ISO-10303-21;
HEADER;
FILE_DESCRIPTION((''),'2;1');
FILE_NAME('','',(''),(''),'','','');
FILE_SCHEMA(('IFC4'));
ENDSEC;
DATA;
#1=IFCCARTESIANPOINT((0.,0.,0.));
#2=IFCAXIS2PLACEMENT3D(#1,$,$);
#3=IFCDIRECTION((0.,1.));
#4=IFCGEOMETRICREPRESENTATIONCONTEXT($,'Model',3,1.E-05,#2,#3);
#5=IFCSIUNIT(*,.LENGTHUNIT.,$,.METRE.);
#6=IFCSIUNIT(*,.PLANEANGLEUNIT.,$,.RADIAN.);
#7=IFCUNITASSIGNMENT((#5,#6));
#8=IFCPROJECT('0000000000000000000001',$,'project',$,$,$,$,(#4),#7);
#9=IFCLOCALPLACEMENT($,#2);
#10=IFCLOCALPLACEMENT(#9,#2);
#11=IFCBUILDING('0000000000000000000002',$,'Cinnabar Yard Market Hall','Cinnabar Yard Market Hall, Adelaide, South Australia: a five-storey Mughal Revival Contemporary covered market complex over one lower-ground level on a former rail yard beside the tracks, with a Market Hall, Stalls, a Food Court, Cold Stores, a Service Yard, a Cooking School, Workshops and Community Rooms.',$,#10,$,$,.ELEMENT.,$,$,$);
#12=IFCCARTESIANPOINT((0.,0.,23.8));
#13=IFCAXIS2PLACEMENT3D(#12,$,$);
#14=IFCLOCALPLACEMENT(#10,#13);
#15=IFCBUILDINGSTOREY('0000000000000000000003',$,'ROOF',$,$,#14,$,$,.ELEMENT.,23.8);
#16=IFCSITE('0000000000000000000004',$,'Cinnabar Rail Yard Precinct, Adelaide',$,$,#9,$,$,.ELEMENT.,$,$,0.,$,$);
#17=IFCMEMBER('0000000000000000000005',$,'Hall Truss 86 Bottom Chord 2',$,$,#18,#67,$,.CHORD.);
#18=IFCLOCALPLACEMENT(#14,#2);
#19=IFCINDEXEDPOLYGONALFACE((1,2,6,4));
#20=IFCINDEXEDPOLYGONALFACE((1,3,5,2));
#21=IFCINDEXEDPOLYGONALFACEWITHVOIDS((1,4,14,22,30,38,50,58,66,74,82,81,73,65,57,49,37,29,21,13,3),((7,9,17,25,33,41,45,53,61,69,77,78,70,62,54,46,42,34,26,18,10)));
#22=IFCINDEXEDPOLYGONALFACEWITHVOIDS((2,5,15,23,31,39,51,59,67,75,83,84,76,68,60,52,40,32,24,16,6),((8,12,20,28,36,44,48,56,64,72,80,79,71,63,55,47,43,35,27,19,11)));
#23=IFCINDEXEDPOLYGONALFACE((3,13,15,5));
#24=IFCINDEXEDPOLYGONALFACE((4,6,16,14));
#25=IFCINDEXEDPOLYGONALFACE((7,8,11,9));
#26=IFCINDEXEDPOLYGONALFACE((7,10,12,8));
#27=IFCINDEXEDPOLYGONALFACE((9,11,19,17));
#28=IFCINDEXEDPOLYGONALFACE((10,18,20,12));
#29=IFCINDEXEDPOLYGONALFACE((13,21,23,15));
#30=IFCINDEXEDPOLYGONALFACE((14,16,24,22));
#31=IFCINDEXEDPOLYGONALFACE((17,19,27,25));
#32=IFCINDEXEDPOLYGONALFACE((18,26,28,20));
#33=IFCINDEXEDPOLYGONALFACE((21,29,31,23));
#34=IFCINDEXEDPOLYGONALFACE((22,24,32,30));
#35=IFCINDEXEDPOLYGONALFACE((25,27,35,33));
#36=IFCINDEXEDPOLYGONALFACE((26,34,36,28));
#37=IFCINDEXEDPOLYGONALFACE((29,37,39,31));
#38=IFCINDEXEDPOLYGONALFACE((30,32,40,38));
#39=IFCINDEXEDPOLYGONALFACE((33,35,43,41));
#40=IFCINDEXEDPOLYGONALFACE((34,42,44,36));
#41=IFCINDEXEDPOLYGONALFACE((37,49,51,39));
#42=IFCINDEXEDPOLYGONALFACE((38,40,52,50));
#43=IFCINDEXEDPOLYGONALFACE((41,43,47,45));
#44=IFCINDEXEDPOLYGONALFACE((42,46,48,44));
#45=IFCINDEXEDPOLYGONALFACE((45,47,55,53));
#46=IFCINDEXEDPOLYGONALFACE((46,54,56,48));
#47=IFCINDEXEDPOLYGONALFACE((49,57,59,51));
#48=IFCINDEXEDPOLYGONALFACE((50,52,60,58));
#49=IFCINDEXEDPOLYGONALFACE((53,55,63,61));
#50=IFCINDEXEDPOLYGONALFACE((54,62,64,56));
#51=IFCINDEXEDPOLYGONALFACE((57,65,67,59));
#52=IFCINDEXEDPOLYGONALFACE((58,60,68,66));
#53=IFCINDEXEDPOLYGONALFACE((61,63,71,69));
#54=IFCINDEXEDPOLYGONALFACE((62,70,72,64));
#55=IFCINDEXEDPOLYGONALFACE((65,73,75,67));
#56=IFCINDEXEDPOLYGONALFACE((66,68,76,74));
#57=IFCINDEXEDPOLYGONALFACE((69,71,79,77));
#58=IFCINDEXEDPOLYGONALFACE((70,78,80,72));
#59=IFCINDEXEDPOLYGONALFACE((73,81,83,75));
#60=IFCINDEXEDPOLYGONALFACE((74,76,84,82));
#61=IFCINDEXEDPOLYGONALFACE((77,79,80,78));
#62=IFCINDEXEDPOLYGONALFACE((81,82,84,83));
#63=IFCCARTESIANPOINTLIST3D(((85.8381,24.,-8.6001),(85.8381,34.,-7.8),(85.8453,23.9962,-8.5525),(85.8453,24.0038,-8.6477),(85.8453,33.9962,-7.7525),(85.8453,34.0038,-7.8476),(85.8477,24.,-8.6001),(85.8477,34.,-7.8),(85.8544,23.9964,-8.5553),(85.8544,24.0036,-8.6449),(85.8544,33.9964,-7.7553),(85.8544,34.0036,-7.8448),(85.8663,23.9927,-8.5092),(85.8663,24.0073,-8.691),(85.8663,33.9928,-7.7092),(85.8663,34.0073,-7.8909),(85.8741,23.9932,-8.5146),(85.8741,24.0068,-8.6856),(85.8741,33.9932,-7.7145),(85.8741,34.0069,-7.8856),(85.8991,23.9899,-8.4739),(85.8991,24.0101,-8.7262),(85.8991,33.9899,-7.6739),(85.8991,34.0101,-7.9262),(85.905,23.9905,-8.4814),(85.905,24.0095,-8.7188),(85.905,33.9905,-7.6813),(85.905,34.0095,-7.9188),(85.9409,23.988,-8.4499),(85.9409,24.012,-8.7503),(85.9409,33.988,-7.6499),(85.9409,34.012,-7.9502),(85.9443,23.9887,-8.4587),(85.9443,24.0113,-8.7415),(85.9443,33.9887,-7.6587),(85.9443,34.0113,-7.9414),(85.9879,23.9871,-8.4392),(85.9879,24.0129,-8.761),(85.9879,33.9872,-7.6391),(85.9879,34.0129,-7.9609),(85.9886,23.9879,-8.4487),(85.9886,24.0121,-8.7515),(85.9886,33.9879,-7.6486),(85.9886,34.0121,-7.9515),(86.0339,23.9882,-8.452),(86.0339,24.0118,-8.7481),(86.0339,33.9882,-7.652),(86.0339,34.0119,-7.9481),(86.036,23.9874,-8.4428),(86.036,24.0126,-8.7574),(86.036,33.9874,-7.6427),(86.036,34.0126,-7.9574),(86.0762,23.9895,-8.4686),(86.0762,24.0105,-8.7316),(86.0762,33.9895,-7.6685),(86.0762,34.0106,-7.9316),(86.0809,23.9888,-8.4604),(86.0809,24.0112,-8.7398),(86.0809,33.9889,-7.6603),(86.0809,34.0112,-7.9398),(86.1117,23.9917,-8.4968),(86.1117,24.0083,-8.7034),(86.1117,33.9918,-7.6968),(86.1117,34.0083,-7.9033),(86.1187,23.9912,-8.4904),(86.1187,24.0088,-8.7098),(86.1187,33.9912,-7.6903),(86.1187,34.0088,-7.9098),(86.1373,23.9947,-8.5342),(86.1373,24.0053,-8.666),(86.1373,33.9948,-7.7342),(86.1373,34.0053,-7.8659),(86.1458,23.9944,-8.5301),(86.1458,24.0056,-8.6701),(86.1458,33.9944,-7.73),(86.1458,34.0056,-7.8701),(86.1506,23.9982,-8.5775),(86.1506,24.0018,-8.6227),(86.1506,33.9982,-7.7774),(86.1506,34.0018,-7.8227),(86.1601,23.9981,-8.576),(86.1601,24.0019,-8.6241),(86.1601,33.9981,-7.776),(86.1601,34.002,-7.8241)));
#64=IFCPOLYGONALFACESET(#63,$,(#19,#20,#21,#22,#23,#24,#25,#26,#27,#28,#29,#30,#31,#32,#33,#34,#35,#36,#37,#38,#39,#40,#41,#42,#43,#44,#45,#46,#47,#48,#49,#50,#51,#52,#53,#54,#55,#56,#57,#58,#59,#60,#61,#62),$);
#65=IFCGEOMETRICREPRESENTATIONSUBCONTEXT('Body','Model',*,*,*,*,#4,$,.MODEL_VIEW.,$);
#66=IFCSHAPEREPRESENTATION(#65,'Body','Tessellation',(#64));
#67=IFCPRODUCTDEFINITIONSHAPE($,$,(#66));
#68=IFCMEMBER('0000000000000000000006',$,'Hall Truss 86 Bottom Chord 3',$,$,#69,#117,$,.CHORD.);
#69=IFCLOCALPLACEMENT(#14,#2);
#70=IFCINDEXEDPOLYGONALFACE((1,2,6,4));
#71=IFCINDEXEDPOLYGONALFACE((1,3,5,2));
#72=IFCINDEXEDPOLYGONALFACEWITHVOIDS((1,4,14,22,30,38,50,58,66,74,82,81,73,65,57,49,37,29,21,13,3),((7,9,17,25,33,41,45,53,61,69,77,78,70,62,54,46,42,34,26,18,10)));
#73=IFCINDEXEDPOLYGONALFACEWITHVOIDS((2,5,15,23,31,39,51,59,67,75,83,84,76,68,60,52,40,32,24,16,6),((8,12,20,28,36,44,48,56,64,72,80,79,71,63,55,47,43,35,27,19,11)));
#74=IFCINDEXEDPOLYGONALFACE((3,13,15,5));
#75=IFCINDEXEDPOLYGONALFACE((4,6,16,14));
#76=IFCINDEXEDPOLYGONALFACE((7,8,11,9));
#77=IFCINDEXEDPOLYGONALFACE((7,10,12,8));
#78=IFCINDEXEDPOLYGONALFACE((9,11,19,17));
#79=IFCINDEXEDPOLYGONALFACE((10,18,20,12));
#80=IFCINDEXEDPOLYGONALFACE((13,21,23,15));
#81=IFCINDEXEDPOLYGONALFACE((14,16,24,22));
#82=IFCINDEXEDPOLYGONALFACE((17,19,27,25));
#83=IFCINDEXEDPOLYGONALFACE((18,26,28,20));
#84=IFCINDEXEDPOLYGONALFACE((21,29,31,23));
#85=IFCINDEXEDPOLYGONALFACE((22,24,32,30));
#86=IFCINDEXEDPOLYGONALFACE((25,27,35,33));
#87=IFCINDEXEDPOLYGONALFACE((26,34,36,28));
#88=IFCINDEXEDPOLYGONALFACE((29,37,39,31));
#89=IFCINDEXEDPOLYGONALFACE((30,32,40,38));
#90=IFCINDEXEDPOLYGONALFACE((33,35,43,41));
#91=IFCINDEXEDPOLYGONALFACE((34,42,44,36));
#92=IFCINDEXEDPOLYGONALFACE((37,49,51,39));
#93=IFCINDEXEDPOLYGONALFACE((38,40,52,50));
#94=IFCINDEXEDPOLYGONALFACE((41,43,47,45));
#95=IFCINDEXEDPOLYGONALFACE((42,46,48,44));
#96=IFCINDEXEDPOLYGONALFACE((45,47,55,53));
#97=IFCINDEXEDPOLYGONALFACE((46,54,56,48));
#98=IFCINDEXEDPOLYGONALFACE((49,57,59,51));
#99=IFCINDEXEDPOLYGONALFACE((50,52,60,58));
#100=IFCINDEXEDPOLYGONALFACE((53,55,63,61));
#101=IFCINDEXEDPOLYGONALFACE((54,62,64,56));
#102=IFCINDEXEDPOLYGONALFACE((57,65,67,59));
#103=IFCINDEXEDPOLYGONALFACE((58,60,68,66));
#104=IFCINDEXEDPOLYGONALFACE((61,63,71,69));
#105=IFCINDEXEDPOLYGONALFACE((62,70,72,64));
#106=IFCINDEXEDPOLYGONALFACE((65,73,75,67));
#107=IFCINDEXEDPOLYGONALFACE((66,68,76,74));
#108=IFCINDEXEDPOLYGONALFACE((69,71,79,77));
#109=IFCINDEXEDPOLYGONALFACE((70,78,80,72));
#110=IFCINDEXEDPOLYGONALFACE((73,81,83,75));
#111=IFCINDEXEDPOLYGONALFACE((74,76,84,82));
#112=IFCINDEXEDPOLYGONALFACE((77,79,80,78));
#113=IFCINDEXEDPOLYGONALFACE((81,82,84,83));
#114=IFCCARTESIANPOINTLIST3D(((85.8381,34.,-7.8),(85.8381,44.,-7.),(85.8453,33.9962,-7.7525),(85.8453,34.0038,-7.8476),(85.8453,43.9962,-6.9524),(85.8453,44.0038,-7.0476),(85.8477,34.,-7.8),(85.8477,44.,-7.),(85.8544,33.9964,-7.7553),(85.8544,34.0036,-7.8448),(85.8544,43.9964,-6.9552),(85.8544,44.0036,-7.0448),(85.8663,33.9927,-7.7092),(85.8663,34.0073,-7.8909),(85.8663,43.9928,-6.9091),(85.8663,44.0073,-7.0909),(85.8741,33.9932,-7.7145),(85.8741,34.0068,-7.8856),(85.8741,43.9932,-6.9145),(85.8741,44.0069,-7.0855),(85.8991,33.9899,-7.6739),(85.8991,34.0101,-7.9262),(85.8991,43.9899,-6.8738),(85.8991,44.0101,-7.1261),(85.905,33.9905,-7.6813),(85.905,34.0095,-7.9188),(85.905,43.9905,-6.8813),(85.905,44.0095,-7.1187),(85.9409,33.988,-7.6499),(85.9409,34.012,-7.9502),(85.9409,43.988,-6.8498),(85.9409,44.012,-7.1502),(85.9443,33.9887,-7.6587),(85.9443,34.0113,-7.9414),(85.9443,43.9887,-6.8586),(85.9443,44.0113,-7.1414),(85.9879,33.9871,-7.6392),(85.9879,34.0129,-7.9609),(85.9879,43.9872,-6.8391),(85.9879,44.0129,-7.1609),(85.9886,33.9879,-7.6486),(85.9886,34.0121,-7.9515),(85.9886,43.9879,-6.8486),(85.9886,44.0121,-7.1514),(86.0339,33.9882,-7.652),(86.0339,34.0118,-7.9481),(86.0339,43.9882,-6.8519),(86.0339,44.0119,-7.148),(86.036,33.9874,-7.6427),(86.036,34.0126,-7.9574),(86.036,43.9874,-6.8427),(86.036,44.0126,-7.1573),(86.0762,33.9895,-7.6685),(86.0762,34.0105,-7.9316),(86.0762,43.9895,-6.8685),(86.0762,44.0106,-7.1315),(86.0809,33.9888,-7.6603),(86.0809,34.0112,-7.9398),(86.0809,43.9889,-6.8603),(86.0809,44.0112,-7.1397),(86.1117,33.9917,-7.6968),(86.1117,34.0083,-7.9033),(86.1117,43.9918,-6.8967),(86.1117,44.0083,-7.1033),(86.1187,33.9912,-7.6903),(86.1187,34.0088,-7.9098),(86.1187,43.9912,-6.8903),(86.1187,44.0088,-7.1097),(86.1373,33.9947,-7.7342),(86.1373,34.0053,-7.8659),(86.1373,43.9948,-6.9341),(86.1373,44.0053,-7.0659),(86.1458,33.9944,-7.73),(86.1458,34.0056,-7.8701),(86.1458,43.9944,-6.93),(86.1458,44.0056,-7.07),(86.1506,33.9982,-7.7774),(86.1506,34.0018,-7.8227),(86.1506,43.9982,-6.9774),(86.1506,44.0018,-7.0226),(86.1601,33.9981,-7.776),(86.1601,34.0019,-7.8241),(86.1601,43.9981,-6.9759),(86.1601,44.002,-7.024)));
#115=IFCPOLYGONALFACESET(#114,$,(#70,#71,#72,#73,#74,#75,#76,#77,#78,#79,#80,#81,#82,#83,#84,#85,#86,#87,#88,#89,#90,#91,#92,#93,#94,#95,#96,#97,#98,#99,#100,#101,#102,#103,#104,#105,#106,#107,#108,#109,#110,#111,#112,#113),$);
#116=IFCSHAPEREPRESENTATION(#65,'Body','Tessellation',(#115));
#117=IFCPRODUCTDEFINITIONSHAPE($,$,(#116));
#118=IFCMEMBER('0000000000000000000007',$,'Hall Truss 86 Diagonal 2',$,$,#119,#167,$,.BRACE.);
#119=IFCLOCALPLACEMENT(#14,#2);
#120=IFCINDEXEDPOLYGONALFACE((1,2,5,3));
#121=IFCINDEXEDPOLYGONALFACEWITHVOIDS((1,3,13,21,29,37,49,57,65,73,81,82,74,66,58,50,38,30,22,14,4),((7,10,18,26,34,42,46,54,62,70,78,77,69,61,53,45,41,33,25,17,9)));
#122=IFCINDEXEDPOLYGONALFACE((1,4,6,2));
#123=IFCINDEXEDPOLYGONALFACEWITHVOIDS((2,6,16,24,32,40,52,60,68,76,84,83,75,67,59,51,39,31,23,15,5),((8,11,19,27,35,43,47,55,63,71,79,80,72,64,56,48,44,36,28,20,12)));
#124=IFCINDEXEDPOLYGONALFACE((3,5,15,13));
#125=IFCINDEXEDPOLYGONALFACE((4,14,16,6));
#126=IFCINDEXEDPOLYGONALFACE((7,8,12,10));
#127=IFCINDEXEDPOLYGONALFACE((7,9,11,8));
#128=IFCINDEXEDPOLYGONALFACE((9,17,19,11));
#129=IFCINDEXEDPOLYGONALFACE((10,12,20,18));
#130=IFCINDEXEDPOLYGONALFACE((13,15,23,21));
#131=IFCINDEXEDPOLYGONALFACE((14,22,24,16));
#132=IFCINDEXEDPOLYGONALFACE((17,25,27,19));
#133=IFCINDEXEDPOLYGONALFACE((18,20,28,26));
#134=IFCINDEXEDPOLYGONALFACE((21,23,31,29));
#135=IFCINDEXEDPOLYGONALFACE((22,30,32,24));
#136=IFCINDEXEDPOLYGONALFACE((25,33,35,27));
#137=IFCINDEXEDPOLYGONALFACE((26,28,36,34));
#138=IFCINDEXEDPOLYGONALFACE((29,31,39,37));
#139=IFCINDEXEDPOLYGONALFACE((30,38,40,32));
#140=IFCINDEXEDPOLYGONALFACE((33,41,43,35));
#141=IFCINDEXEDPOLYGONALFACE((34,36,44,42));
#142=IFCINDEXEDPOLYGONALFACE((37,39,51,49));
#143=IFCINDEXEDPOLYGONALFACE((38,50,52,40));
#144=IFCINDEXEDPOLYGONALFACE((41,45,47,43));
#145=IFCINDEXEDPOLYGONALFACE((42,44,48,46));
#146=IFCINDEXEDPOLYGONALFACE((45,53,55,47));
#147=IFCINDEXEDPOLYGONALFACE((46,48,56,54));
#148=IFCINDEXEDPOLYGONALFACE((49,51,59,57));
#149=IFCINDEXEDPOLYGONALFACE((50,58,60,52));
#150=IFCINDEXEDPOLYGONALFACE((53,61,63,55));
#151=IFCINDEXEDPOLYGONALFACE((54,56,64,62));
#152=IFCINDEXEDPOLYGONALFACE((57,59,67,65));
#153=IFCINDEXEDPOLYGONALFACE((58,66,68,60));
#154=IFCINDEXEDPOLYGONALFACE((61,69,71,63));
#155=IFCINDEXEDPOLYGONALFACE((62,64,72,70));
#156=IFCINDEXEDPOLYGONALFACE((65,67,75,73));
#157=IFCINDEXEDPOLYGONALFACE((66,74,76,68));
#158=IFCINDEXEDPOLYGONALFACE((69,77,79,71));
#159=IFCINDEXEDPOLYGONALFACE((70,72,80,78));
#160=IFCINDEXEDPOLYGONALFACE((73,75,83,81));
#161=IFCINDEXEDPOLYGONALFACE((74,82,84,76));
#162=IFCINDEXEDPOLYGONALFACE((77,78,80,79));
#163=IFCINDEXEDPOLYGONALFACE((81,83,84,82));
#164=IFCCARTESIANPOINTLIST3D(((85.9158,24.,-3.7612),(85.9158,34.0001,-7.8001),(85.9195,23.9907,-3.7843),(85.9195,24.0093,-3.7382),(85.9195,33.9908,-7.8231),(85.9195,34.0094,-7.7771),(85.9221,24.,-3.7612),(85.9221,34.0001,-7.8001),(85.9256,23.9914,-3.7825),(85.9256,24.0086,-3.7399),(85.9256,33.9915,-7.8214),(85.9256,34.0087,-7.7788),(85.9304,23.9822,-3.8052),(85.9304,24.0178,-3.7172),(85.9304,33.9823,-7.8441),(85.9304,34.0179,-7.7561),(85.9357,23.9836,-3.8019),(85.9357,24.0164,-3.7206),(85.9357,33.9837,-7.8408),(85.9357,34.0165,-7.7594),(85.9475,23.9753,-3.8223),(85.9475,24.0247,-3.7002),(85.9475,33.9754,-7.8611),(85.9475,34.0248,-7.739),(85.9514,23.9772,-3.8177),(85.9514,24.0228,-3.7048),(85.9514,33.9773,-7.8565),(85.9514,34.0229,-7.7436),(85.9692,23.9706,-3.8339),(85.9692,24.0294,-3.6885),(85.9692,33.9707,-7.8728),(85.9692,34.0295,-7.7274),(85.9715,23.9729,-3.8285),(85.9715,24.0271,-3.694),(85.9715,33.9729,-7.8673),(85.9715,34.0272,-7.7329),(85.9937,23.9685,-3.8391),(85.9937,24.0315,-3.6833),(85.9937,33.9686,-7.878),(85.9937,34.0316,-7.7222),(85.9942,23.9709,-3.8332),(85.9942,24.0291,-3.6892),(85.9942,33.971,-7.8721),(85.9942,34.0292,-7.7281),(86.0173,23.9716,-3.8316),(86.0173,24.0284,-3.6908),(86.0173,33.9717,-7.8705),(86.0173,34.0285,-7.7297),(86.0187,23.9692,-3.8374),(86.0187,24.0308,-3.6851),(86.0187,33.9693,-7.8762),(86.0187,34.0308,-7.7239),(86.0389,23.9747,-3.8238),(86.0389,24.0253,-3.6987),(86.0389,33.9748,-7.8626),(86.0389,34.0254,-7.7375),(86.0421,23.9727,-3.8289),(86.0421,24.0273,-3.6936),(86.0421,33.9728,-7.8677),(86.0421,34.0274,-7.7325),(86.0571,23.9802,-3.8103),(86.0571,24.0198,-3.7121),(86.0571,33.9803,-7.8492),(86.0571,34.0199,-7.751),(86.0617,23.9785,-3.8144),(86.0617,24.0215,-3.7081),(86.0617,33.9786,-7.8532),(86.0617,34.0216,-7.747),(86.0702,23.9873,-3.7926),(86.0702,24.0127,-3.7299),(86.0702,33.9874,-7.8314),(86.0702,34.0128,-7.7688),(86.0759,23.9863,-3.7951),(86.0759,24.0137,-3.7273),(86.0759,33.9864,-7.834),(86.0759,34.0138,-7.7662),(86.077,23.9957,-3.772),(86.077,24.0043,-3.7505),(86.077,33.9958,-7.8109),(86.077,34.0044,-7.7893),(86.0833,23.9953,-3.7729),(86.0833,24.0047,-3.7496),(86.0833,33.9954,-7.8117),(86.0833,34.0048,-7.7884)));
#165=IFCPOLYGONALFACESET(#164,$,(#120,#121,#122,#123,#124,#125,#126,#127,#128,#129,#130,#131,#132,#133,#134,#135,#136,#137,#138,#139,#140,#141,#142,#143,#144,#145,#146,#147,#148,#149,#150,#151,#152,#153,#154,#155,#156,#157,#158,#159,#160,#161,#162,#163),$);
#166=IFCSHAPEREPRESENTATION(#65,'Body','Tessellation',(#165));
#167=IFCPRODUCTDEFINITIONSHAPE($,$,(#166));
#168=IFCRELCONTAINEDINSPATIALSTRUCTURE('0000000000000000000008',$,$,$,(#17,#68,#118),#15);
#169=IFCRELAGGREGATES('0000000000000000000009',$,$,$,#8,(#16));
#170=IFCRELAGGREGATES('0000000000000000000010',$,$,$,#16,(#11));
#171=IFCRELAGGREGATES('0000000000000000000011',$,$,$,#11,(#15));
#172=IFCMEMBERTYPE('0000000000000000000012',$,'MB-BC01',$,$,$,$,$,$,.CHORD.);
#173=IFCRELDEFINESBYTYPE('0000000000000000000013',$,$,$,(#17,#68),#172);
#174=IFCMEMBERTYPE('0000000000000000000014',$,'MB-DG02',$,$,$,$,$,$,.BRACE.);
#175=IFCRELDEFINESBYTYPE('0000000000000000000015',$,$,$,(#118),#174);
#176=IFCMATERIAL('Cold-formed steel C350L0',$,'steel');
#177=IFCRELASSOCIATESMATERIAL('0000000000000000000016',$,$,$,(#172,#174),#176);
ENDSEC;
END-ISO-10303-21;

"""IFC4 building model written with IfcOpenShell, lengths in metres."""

from ifc_helpers import new_model, si_unit, direction, frame, origin, origin_2d_with_axis, place, context, subcontext, project, spatial, hollow_circle, extrude, material, material_profile, profile_set, type_object, element, save


model = new_model("IFC4")

# Units and contexts
model_context = context("Model", 3, precision=1e-05, world=origin(), true_north=direction((0.0, 1.0)))
body_context = subcontext(model_context, "Body", "Model", "MODEL_VIEW")
ifc_project = project(units=[si_unit("LENGTHUNIT", "METRE"), si_unit("PLANEANGLEUNIT", "RADIAN")], contexts=[model_context])

# Site, building, storey
site_placement = place(None, origin())
site = spatial("IfcSite", under=ifc_project, at=site_placement, Name="Cinnabar Rail Yard Precinct, Adelaide", CompositionType="ELEMENT", RefElevation=0.0)
building_placement = place(site_placement, origin())
building = spatial("IfcBuilding", under=site, at=building_placement, Name="Cinnabar Yard Market Hall", Description="Cinnabar Yard Market Hall, Adelaide, South Australia: a five-storey Mughal Revival Contemporary covered market complex over one lower-ground level on a former rail yard beside the tracks, with a Market Hall, Stalls, a Food Court, Cold Stores, a Service Yard, a Cooking School, Workshops and Community Rooms.", CompositionType="ELEMENT")
storey_placement = place(building_placement, frame((0.0, 0.0, 23.8)))
storey = spatial("IfcBuildingStorey", under=building, at=storey_placement, Name="ROOF", CompositionType="ELEMENT", Elevation=23.8)

# Members
ifc_material_1 = material(Name="Cold-formed steel C350L0", Category="steel")
ifc_material_profile_1 = material_profile(ifc_material_1, hollow_circle(Radius=0.1619, WallThickness=0.0095, at=origin_2d_with_axis()), Name="323.9x9.5CHS")
ifc_profile_set_1 = profile_set([ifc_material_profile_1], Name="Cold-formed steel C350L0")
member_type_1 = type_object("IfcMemberType", Name="MB-BC01", PredefinedType="CHORD", material=ifc_profile_set_1)
for number, where, z_axis, x_axis, name in (
    (1, (86.0, 24.0, -8.6001), (0.0, 0.996815, 0.07975), (-1.0, 0.0, 0.0), "Hall Truss 86 Bottom Chord 2"),
    (2, (86.0, 34.0, -7.8), (0.0, 0.996815, 0.07975), (-1.0, 0.0, 0.0), "Hall Truss 86 Bottom Chord 3"),
):
    element("IfcMember", number, at=place(storey_placement, frame(where, z_axis=z_axis, x_axis=x_axis)), inside=storey, type_object=member_type_1, Name=name, PredefinedType="CHORD", context=body_context, shape_type="SweptSolid", body=[
        extrude(hollow_circle(Radius=0.1619, WallThickness=0.0095, at=origin_2d_with_axis()), origin(), (0.0, 0.0, 1.0), 10.032),
    ])
ifc_material_profile_2 = material_profile(ifc_material_1, hollow_circle(Radius=0.0842, WallThickness=0.0063, at=origin_2d_with_axis()), Name="168.3x6.4CHS")
ifc_profile_set_2 = profile_set([ifc_material_profile_2], Name="Cold-formed steel C350L0")
member_type_2 = type_object("IfcMemberType", Name="MB-DG02", PredefinedType="BRACE", material=ifc_profile_set_2)
member_1_placement = place(storey_placement, frame((86.0, 24.0, -3.7612), z_axis=(0.0, 0.92723, -0.374491), x_axis=(-1.0, 0.0, 0.0)))
element("IfcMember", 3, at=member_1_placement, inside=storey, type_object=member_type_2, Name="Hall Truss 86 Diagonal 2", PredefinedType="BRACE", context=body_context, shape_type="SweptSolid", body=[
    extrude(hollow_circle(Radius=0.0842, WallThickness=0.0063, at=origin_2d_with_axis()), origin(), (0.0, 0.0, 1.0), 10.7849),
])

save(model, "model.ifc")
